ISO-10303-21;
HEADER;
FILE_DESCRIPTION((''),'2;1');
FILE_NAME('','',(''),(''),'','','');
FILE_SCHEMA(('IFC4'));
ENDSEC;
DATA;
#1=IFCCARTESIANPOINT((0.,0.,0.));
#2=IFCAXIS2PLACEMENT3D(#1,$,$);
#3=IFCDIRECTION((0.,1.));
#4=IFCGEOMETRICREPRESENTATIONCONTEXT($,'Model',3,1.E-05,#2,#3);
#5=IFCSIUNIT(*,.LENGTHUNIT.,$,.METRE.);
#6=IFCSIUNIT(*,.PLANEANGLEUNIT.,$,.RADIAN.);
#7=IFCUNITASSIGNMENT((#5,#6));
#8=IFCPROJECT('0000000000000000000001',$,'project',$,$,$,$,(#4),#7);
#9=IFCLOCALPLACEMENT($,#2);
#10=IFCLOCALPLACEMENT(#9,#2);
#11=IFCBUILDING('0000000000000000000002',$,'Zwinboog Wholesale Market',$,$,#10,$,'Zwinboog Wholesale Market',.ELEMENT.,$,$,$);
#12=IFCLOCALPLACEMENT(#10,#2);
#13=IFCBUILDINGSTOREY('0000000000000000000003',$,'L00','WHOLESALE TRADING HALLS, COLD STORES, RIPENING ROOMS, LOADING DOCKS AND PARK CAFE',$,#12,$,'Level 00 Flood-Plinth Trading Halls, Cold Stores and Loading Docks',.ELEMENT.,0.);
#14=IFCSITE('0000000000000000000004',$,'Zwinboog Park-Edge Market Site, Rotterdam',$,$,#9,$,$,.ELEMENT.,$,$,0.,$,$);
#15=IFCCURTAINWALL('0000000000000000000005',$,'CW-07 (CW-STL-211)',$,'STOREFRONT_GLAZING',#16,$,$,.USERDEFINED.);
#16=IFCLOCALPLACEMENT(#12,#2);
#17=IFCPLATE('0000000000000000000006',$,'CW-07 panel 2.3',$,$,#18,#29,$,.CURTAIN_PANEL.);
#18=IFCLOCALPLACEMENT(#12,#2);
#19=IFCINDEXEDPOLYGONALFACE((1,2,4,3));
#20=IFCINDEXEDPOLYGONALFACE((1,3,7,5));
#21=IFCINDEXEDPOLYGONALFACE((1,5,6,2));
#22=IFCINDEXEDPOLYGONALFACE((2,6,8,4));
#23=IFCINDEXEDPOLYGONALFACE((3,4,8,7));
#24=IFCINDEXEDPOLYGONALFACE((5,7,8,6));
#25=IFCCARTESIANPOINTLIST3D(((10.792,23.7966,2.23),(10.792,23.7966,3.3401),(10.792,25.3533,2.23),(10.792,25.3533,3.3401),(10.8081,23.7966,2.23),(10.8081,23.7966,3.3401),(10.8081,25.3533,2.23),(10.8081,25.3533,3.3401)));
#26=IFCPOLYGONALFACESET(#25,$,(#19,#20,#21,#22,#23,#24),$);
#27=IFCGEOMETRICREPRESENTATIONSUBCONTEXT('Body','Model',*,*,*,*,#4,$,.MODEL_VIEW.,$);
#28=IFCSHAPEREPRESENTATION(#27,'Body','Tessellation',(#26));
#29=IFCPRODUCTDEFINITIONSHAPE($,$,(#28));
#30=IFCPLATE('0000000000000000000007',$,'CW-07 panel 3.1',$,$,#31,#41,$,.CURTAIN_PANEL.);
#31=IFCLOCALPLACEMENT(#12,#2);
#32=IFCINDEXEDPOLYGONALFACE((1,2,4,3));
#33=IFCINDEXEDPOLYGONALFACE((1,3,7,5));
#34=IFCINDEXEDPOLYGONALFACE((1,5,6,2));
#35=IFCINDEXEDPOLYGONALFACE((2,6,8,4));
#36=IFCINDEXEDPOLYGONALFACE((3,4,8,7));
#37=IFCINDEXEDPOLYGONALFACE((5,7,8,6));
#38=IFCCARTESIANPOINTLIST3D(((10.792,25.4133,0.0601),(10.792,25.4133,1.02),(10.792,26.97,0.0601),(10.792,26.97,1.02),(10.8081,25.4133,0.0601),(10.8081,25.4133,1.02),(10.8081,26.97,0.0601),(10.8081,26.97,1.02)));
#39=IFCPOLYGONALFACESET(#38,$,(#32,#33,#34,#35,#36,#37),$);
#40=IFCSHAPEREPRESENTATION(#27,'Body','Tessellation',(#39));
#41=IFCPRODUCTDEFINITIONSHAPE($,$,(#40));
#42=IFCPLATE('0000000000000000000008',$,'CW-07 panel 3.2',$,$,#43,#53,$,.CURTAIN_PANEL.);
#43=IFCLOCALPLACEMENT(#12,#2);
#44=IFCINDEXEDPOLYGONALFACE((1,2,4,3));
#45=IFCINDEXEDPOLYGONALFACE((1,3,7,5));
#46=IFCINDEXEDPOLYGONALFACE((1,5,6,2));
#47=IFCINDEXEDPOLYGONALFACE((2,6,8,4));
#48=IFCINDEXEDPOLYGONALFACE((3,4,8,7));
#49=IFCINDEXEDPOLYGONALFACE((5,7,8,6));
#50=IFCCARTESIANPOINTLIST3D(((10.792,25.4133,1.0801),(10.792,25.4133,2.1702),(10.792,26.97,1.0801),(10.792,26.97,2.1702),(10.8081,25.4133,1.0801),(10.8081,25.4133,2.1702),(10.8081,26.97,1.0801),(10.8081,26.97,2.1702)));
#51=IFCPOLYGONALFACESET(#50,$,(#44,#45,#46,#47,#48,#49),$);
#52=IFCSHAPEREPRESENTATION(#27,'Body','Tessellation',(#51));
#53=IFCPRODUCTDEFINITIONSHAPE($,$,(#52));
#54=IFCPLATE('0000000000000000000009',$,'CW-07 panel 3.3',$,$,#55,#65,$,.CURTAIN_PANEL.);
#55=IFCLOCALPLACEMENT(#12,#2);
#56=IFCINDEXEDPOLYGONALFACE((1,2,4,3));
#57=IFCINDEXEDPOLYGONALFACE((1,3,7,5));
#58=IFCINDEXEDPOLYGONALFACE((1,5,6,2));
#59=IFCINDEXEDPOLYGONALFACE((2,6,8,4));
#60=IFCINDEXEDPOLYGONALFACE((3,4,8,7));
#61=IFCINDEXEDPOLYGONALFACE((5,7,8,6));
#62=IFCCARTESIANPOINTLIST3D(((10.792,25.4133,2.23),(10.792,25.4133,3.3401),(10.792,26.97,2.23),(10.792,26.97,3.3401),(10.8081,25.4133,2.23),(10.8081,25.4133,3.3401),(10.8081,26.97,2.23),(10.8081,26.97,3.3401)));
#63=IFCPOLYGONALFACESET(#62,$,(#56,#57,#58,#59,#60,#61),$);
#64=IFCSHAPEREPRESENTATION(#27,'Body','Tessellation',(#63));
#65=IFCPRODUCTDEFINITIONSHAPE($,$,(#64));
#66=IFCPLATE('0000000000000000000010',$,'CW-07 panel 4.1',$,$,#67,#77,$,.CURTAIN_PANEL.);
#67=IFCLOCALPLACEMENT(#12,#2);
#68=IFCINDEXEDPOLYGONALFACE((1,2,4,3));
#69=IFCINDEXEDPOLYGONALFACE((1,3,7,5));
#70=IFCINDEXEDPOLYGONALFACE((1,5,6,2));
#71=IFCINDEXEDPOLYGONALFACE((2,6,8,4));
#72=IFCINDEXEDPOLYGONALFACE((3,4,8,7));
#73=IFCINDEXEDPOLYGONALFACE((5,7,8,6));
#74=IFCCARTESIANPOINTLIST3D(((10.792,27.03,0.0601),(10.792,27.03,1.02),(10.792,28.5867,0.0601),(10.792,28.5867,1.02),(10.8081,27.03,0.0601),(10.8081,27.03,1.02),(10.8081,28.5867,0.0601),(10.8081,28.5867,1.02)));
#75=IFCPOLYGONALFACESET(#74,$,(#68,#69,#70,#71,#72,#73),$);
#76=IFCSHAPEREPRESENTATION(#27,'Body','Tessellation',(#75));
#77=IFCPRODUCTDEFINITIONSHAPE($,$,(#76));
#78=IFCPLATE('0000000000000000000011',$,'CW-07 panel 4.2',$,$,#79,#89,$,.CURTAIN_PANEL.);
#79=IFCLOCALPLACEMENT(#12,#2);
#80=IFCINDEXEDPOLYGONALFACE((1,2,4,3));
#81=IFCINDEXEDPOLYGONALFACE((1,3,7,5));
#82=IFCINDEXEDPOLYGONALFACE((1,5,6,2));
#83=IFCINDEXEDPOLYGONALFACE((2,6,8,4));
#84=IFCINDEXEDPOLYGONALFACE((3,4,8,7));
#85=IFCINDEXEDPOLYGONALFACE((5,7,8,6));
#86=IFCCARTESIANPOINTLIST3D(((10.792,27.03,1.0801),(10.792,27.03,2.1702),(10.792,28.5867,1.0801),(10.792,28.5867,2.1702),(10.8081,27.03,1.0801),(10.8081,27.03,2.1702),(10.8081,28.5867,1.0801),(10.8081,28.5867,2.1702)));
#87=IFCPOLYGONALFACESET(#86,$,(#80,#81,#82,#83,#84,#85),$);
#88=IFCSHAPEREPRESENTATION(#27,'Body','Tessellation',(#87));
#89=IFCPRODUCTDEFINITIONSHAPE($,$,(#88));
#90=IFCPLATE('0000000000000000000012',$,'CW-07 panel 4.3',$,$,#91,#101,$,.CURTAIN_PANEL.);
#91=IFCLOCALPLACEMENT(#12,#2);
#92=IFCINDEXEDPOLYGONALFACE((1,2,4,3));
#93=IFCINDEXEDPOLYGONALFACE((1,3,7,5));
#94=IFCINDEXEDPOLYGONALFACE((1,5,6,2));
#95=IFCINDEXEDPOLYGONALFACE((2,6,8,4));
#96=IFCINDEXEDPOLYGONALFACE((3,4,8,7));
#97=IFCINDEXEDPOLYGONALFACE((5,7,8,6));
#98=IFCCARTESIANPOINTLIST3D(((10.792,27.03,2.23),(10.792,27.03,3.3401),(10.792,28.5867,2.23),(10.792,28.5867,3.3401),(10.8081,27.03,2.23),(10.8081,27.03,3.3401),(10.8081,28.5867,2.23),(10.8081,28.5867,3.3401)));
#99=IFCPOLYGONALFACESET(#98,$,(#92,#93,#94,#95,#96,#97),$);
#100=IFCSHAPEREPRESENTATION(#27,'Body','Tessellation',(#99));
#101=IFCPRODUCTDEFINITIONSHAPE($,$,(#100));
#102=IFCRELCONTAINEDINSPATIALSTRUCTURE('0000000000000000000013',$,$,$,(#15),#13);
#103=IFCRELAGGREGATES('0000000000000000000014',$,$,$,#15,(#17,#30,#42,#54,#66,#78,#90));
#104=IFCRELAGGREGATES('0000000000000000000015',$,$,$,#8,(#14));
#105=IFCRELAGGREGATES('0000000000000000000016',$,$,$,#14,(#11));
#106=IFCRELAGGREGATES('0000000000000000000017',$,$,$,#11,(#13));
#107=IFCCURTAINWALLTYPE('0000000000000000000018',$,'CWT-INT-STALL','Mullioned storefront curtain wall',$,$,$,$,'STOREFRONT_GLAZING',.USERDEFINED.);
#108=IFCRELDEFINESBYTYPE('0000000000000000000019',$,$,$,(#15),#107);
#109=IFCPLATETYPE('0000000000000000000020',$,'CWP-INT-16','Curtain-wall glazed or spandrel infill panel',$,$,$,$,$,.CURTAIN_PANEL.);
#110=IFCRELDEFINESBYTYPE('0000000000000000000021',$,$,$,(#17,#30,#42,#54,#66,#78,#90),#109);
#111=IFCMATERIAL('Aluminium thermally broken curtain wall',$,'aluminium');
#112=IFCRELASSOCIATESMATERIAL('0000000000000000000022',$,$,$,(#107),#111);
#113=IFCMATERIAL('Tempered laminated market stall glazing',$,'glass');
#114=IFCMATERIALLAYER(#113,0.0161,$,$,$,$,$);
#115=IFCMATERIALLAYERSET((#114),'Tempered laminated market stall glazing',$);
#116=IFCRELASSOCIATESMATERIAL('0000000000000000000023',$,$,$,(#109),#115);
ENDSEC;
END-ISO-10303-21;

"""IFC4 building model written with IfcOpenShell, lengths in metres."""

from ifc_helpers import new_model, si_unit, direction, frame, origin, origin_2d, place, context, subcontext, project, spatial, rectangle, extrude, material, layer, layer_set, type_object, element, aggregate, save


model = new_model("IFC4")

# Units and contexts
model_context = context("Model", 3, precision=1e-05, world=origin(), true_north=direction((0.0, 1.0)))
body_context = subcontext(model_context, "Body", "Model", "MODEL_VIEW")
ifc_project = project(units=[si_unit("LENGTHUNIT", "METRE"), si_unit("PLANEANGLEUNIT", "RADIAN")], contexts=[model_context])

# Site, building, storey
site_placement = place(None, origin())
site = spatial("IfcSite", under=ifc_project, at=site_placement, Name="Zwinboog Park-Edge Market Site, Rotterdam", CompositionType="ELEMENT", RefElevation=0.0)
building_placement = place(site_placement, origin())
building = spatial("IfcBuilding", under=site, at=building_placement, Name="Zwinboog Wholesale Market", LongName="Zwinboog Wholesale Market", CompositionType="ELEMENT")
storey_placement = place(building_placement, origin())
storey = spatial("IfcBuildingStorey", under=building, at=storey_placement, Name="L00", Description="WHOLESALE TRADING HALLS, COLD STORES, RIPENING ROOMS, LOADING DOCKS AND PARK CAFE", LongName="Level 00 Flood-Plinth Trading Halls, Cold Stores and Loading Docks", CompositionType="ELEMENT", Elevation=0.0)

# Curtain wall, plates
ifc_material_1 = material(Name="Aluminium thermally broken curtain wall", Category="aluminium")
curtain_wall_type = type_object("IfcCurtainWallType", Name="CWT-INT-STALL", Description="Mullioned storefront curtain wall", ElementType="STOREFRONT_GLAZING", PredefinedType="USERDEFINED", material=ifc_material_1)
curtain_wall_placement = place(storey_placement, origin())
curtain_wall = element("IfcCurtainWall", 1, at=curtain_wall_placement, inside=storey, type_object=curtain_wall_type, Name="CW-07 (CW-STL-211)", ObjectType="STOREFRONT_GLAZING", PredefinedType="USERDEFINED")
ifc_material_2 = material(Name="Tempered laminated market stall glazing", Category="glass")
ifc_layer = layer(ifc_material_2, 0.0161)
ifc_layer_set = layer_set([ifc_layer], Name="Tempered laminated market stall glazing")
plate_type = type_object("IfcPlateType", Name="CWP-INT-16", Description="Curtain-wall glazed or spandrel infill panel", PredefinedType="CURTAIN_PANEL", material=ifc_layer_set)
plate_1_placement = place(storey_placement, frame((10.8, 24.575, 2.23), z_axis=(0.0, 0.0, 1.0), x_axis=(0.0, 1.0, 0.0)))
plate_1 = element("IfcPlate", 2, at=plate_1_placement, type_object=plate_type, Name="CW-07 panel 2.3", PredefinedType="CURTAIN_PANEL", context=body_context, shape_type="SweptSolid", body=[
    extrude(rectangle(XDim=1.5566, YDim=0.0161, at=origin_2d()), origin(), (0.0, 0.0, 1.0), 1.1101),
])
plate_2_placement = place(storey_placement, frame((10.8, 26.1917, 0.0601), z_axis=(0.0, 0.0, 1.0), x_axis=(0.0, 1.0, 0.0)))
plate_2 = element("IfcPlate", 3, at=plate_2_placement, type_object=plate_type, Name="CW-07 panel 3.1", PredefinedType="CURTAIN_PANEL", context=body_context, shape_type="SweptSolid", body=[
    extrude(rectangle(XDim=1.5566, YDim=0.0161, at=origin_2d()), origin(), (0.0, 0.0, 1.0), 0.96),
])
plate_3_placement = place(storey_placement, frame((10.8, 26.1917, 1.0801), z_axis=(0.0, 0.0, 1.0), x_axis=(0.0, 1.0, 0.0)))
plate_3 = element("IfcPlate", 4, at=plate_3_placement, type_object=plate_type, Name="CW-07 panel 3.2", PredefinedType="CURTAIN_PANEL", context=body_context, shape_type="SweptSolid", body=[
    extrude(rectangle(XDim=1.5566, YDim=0.0161, at=origin_2d()), origin(), (0.0, 0.0, 1.0), 1.0901),
])
plate_4_placement = place(storey_placement, frame((10.8, 26.1917, 2.23), z_axis=(0.0, 0.0, 1.0), x_axis=(0.0, 1.0, 0.0)))
plate_4 = element("IfcPlate", 5, at=plate_4_placement, type_object=plate_type, Name="CW-07 panel 3.3", PredefinedType="CURTAIN_PANEL", context=body_context, shape_type="SweptSolid", body=[
    extrude(rectangle(XDim=1.5566, YDim=0.0161, at=origin_2d()), origin(), (0.0, 0.0, 1.0), 1.1101),
])
plate_5_placement = place(storey_placement, frame((10.8, 27.8083, 0.0601), z_axis=(0.0, 0.0, 1.0), x_axis=(0.0, 1.0, 0.0)))
plate_5 = element("IfcPlate", 6, at=plate_5_placement, type_object=plate_type, Name="CW-07 panel 4.1", PredefinedType="CURTAIN_PANEL", context=body_context, shape_type="SweptSolid", body=[
    extrude(rectangle(XDim=1.5566, YDim=0.0161, at=origin_2d()), origin(), (0.0, 0.0, 1.0), 0.96),
])
plate_6_placement = place(storey_placement, frame((10.8, 27.8083, 1.0801), z_axis=(0.0, 0.0, 1.0), x_axis=(0.0, 1.0, 0.0)))
plate_6 = element("IfcPlate", 7, at=plate_6_placement, type_object=plate_type, Name="CW-07 panel 4.2", PredefinedType="CURTAIN_PANEL", context=body_context, shape_type="SweptSolid", body=[
    extrude(rectangle(XDim=1.5566, YDim=0.0161, at=origin_2d()), origin(), (0.0, 0.0, 1.0), 1.0901),
])
plate_7_placement = place(storey_placement, frame((10.8, 27.8083, 2.23), z_axis=(0.0, 0.0, 1.0), x_axis=(0.0, 1.0, 0.0)))
plate_7 = element("IfcPlate", 8, at=plate_7_placement, type_object=plate_type, Name="CW-07 panel 4.3", PredefinedType="CURTAIN_PANEL", context=body_context, shape_type="SweptSolid", body=[
    extrude(rectangle(XDim=1.5566, YDim=0.0161, at=origin_2d()), origin(), (0.0, 0.0, 1.0), 1.1101),
])
aggregate(curtain_wall, [plate_1, plate_2, plate_3, plate_4, plate_5, plate_6, plate_7])

save(model, "model.ifc")
